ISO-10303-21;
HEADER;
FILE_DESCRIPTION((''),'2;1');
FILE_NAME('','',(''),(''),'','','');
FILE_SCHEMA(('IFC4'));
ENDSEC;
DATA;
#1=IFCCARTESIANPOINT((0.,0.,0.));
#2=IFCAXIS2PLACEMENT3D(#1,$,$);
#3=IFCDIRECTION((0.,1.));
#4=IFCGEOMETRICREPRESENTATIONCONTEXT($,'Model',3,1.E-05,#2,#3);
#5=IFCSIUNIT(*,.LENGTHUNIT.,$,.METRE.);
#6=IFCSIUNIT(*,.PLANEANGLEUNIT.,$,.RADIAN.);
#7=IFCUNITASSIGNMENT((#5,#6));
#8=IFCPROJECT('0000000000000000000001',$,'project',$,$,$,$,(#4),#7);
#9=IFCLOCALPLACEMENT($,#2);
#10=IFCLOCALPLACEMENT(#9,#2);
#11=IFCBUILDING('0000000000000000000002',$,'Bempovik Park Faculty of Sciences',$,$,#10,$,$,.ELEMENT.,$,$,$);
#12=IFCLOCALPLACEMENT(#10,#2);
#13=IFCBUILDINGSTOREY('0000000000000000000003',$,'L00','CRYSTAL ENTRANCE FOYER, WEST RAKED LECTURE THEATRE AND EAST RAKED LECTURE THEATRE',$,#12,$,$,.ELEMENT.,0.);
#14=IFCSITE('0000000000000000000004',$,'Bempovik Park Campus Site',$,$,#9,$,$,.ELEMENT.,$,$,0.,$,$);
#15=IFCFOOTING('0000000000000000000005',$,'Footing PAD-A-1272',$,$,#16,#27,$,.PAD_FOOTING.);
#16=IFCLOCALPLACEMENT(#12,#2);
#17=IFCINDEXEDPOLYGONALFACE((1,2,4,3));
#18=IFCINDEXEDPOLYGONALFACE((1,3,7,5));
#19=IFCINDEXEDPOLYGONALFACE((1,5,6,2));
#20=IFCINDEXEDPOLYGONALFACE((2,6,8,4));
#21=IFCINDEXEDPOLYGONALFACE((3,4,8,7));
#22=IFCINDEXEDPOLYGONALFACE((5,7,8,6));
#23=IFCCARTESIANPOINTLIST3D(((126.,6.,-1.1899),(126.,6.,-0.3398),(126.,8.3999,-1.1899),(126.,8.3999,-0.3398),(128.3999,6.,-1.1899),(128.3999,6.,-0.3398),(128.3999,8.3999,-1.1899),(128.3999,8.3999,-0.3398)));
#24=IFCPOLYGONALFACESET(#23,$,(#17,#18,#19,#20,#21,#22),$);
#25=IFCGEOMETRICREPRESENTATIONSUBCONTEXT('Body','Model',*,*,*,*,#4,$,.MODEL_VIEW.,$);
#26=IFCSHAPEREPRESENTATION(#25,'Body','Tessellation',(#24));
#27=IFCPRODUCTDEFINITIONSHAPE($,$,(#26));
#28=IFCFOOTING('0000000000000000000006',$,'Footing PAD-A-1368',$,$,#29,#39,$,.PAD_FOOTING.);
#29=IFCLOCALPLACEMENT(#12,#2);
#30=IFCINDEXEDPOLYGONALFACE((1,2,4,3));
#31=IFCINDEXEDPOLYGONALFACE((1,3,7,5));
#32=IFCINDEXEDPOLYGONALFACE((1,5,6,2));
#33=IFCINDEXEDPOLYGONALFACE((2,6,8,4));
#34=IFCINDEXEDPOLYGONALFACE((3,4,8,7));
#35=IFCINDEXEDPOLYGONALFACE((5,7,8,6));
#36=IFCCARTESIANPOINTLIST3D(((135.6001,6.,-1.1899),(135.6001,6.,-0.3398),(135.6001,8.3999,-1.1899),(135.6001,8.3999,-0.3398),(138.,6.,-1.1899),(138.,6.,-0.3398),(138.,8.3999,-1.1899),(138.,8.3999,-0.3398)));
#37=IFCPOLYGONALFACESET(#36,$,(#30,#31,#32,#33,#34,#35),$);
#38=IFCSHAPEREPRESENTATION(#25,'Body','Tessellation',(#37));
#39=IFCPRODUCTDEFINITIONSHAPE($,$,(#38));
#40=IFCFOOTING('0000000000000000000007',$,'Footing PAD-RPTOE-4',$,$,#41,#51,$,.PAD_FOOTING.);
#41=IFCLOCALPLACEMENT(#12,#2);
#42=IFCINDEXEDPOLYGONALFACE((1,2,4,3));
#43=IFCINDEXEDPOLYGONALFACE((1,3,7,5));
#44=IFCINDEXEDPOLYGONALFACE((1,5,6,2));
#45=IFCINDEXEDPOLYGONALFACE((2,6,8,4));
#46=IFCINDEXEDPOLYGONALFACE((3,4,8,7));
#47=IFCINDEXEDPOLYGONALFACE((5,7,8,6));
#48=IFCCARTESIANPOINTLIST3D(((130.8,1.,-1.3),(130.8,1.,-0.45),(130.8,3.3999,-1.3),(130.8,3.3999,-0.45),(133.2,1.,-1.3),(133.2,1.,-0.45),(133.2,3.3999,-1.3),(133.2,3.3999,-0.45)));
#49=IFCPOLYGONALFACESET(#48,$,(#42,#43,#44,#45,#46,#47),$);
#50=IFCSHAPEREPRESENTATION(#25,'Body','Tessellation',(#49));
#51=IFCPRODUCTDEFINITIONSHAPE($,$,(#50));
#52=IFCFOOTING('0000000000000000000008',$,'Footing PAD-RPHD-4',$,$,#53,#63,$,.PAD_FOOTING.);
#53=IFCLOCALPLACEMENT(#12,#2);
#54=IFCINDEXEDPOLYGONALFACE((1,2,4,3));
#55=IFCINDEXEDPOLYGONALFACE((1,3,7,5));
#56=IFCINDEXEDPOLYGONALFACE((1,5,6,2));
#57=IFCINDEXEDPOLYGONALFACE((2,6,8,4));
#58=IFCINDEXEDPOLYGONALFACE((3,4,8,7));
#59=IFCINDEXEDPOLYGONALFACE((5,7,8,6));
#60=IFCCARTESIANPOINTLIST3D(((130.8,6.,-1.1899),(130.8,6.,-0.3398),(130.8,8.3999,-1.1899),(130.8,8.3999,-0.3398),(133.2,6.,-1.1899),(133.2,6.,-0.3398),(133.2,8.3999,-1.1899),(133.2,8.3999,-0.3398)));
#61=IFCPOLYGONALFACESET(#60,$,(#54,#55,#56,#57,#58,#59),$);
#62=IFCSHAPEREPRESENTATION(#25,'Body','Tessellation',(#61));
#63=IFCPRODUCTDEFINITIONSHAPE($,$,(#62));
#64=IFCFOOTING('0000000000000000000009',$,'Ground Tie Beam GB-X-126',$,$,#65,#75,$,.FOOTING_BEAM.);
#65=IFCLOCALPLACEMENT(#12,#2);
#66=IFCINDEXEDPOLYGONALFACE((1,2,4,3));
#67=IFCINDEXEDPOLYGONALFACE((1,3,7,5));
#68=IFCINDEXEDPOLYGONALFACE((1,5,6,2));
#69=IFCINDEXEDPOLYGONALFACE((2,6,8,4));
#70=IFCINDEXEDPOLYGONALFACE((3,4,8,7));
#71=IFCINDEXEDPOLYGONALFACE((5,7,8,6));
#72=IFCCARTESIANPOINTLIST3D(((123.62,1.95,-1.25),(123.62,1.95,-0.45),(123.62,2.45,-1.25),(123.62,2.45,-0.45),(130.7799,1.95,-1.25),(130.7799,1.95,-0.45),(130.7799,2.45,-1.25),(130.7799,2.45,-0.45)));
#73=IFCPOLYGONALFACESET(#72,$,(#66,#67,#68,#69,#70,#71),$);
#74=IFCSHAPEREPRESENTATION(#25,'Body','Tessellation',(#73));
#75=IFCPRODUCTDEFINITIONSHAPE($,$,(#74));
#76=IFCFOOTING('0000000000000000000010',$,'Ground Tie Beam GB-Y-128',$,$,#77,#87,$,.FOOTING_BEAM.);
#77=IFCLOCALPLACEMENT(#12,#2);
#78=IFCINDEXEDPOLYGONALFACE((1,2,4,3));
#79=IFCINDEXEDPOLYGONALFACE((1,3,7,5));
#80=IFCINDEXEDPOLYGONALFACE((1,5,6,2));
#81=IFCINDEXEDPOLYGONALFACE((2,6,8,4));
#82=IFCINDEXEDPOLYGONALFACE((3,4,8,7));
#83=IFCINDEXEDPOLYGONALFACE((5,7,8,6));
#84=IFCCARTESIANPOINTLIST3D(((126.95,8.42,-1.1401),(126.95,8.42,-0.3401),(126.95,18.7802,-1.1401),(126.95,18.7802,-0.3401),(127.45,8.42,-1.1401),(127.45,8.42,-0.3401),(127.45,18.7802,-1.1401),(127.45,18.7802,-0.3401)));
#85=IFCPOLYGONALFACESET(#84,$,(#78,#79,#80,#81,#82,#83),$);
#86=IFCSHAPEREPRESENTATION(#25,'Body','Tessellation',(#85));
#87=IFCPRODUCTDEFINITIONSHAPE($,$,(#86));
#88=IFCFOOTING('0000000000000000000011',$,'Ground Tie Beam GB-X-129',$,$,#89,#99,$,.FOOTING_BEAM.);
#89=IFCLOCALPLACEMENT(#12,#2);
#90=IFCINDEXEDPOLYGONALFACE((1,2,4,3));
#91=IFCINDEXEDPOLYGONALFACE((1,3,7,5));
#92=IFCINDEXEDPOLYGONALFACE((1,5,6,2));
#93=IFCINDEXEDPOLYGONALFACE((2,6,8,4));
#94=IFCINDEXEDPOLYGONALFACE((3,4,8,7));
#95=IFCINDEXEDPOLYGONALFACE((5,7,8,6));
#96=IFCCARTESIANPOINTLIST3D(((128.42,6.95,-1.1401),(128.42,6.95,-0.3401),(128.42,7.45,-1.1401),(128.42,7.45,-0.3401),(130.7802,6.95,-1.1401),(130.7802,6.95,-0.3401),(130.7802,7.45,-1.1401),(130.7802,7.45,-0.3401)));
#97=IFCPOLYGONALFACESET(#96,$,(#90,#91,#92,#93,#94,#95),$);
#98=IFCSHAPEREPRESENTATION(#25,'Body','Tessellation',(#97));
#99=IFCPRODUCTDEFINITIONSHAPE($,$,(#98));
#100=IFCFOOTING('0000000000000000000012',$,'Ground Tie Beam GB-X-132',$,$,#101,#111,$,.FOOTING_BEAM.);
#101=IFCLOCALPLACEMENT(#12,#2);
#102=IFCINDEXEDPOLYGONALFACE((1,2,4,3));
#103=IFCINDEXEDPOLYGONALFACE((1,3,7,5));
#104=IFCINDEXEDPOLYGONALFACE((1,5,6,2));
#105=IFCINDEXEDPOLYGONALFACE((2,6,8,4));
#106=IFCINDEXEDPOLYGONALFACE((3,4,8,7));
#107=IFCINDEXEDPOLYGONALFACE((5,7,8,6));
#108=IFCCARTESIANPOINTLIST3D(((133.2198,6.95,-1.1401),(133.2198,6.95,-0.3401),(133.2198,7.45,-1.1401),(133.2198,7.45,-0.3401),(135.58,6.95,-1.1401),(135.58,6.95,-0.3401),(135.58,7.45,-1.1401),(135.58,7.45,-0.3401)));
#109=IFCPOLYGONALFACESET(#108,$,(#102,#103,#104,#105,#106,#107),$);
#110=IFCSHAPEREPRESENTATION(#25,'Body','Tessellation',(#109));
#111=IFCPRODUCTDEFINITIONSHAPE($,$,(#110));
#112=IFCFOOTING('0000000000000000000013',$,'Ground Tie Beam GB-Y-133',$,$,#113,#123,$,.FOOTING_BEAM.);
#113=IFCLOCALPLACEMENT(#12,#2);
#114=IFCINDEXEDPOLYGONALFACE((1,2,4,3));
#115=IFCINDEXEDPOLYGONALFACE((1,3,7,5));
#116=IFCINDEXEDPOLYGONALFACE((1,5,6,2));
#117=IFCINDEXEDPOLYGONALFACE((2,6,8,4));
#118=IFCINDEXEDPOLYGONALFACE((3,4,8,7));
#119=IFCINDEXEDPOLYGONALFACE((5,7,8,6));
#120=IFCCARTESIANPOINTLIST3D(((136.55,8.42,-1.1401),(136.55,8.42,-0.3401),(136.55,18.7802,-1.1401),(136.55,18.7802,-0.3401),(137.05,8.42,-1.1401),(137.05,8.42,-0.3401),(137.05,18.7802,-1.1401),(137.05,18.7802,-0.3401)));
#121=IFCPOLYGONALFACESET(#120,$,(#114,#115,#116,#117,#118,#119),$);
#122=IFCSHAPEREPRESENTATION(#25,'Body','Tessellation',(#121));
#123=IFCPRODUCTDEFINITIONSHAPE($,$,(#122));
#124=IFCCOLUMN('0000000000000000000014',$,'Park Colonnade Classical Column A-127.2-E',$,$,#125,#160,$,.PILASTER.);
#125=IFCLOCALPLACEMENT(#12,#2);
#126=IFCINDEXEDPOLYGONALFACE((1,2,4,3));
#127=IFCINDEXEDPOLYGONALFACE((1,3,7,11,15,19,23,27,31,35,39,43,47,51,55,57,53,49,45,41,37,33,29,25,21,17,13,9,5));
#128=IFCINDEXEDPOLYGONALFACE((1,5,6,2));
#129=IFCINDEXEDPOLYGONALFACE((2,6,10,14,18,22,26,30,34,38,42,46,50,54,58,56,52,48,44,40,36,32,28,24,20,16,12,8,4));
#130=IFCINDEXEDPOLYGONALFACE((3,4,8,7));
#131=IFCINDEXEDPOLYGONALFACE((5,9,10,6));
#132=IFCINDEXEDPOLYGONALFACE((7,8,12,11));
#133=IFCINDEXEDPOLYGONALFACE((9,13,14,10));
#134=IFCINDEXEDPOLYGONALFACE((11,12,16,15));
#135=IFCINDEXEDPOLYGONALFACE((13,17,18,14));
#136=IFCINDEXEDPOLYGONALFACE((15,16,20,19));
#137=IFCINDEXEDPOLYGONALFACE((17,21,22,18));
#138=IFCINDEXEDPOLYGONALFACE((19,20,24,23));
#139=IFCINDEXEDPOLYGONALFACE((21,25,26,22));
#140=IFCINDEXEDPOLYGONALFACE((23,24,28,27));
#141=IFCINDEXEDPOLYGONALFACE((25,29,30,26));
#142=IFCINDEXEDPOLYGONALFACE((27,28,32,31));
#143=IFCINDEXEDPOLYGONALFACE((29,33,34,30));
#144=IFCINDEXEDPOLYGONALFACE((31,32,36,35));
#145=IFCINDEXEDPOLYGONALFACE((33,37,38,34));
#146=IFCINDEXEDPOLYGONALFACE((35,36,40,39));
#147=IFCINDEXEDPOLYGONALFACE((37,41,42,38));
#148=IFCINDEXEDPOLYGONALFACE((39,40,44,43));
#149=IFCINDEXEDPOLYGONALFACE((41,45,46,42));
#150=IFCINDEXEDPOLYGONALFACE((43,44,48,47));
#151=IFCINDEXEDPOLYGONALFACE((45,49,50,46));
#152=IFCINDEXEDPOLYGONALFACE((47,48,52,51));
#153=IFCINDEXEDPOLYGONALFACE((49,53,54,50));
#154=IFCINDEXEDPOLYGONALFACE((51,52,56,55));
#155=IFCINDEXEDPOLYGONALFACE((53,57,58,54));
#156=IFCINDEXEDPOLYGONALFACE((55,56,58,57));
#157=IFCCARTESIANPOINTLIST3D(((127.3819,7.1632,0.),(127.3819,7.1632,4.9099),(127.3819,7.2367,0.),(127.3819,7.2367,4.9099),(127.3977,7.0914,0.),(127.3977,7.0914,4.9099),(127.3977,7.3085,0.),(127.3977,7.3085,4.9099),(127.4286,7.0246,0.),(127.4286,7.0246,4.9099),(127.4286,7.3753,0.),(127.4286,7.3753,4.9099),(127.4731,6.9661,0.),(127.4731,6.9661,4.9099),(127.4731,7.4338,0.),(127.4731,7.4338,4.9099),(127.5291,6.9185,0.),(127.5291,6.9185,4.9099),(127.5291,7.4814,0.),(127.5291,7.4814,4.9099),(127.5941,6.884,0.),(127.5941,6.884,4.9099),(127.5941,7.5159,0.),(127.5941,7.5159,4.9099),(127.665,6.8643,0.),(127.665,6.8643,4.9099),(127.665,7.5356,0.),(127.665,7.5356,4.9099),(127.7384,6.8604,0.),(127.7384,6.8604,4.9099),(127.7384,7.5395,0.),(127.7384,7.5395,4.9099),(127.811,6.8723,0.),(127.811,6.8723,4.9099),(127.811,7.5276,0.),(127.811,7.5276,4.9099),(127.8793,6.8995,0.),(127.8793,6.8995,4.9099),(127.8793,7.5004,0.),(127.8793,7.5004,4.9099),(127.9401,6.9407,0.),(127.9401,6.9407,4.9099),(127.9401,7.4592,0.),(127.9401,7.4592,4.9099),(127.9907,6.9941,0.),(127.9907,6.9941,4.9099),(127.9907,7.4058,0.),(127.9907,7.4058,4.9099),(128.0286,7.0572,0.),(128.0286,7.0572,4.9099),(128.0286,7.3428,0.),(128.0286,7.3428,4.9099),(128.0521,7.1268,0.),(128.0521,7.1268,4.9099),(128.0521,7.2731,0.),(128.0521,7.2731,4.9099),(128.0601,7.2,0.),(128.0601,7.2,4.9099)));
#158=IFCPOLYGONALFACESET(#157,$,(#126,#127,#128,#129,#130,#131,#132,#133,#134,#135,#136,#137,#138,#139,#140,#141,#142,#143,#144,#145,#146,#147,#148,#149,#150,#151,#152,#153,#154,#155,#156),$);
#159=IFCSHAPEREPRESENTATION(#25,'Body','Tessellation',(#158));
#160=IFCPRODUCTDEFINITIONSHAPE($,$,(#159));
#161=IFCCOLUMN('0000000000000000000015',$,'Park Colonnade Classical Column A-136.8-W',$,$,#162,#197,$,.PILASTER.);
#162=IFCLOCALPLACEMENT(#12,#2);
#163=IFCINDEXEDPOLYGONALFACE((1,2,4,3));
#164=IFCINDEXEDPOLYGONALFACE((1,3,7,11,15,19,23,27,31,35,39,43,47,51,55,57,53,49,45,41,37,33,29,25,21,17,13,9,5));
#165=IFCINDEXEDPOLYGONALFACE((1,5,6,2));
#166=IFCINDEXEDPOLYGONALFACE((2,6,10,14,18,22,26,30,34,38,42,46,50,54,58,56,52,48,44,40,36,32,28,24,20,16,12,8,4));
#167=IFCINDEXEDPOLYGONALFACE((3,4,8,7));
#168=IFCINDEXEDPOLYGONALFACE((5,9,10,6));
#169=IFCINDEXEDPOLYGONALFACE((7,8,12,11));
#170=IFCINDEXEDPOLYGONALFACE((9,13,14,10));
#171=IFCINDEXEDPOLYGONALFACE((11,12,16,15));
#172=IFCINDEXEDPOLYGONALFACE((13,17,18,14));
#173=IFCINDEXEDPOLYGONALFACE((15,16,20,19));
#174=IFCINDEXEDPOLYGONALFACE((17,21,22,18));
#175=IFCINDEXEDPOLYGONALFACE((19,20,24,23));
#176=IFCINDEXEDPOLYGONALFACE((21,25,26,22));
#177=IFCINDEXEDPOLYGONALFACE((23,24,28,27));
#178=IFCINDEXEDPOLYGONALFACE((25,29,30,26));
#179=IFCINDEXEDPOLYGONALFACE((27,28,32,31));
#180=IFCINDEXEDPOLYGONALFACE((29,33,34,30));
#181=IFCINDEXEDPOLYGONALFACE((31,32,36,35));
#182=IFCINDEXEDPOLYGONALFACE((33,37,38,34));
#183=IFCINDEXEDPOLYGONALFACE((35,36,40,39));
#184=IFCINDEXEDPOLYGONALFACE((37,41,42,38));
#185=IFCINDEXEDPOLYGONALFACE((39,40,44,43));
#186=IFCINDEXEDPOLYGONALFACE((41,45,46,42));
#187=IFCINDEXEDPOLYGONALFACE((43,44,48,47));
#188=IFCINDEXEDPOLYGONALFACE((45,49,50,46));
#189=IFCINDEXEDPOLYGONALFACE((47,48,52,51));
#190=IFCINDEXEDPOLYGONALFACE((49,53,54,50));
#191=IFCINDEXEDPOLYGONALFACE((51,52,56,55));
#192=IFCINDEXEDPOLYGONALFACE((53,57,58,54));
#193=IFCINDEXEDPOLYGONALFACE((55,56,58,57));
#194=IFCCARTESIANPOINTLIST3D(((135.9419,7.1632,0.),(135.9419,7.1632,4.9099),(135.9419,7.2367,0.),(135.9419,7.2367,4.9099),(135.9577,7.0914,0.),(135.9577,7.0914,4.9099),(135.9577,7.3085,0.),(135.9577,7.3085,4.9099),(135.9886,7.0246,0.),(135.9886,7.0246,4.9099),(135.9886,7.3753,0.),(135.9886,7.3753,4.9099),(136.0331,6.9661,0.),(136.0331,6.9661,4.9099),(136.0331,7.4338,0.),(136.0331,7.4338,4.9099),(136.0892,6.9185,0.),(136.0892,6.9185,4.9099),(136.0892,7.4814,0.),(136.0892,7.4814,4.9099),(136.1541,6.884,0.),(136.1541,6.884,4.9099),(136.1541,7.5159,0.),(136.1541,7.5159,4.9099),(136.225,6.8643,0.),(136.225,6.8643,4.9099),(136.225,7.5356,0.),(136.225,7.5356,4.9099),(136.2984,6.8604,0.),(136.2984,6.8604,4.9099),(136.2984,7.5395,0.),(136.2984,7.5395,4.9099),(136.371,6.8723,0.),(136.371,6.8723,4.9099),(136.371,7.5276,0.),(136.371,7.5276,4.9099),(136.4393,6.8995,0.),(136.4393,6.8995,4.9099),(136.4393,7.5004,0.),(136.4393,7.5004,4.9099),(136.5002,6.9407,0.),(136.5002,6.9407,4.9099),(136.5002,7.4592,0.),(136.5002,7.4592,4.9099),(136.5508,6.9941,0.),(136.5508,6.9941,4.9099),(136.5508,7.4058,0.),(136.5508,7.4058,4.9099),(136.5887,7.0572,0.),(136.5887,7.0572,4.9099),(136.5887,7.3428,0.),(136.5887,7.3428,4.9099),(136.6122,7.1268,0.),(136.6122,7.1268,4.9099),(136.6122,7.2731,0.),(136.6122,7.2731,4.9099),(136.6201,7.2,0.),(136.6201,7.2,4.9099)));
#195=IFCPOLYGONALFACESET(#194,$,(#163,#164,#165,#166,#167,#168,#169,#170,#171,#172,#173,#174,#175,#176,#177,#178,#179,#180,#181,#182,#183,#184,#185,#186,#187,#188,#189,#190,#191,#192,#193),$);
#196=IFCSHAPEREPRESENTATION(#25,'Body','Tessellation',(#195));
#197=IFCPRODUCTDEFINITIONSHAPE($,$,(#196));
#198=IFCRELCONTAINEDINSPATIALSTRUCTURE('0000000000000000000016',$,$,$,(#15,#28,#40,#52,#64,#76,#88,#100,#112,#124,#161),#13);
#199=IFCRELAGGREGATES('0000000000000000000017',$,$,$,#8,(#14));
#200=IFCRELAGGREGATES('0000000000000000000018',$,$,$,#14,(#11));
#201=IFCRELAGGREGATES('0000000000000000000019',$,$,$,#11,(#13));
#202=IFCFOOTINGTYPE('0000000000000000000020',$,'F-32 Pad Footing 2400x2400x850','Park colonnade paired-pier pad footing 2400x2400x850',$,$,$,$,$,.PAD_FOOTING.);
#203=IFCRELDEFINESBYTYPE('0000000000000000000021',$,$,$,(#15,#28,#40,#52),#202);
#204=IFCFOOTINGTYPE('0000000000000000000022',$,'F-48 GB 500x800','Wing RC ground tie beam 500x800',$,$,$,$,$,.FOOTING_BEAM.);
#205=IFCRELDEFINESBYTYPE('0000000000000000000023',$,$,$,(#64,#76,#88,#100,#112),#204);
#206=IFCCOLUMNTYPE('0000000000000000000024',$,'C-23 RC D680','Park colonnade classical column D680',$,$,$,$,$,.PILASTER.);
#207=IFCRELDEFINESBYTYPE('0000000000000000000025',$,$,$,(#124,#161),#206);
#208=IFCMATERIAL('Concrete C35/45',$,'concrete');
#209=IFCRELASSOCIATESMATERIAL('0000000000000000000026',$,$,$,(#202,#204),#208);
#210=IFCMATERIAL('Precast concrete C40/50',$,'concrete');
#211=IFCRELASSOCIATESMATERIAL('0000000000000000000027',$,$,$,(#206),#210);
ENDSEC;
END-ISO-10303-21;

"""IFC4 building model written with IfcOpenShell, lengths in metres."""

from ifc_helpers import new_model, si_unit, direction, frame, origin, origin_2d, place, context, subcontext, project, spatial, rectangle, circle, extrude, material, material_profile, profile_set, type_object, element, save


model = new_model("IFC4")

# Units and contexts
model_context = context("Model", 3, precision=1e-05, world=origin(), true_north=direction((0.0, 1.0)))
body_context = subcontext(model_context, "Body", "Model", "MODEL_VIEW")
ifc_project = project(units=[si_unit("LENGTHUNIT", "METRE"), si_unit("PLANEANGLEUNIT", "RADIAN")], contexts=[model_context])

# Site, building, storey
site_placement = place(None, origin())
site = spatial("IfcSite", under=ifc_project, at=site_placement, Name="Bempovik Park Campus Site", CompositionType="ELEMENT", RefElevation=0.0)
building_placement = place(site_placement, origin())
building = spatial("IfcBuilding", under=site, at=building_placement, Name="Bempovik Park Faculty of Sciences", CompositionType="ELEMENT")
storey_placement = place(building_placement, origin())
storey = spatial("IfcBuildingStorey", under=building, at=storey_placement, Name="L00", Description="CRYSTAL ENTRANCE FOYER, WEST RAKED LECTURE THEATRE AND EAST RAKED LECTURE THEATRE", CompositionType="ELEMENT", Elevation=0.0)

# Footings
ifc_material_1 = material(Name="Concrete C35/45", Category="concrete")
footing_type_1 = type_object("IfcFootingType", Name="F-32 Pad Footing 2400x2400x850", Description="Park colonnade paired-pier pad footing 2400x2400x850", PredefinedType="PAD_FOOTING", material=ifc_material_1)
for number, where, z_axis, x_axis, name in (
    (1, (127.2, 7.2, -1.1899), (0.0, 0.0, 1.0), (1.0, 0.0, 0.0), "Footing PAD-A-1272"),
    (2, (136.8, 7.2, -1.1899), (0.0, 0.0, 1.0), (1.0, 0.0, 0.0), "Footing PAD-A-1368"),
    (3, (132.0, 2.2, -1.3), (0.0, 0.0, 1.0), (1.0, 0.0, 0.0), "Footing PAD-RPTOE-4"),
    (4, (132.0, 7.2, -1.1899), (0.0, 0.0, 1.0), (1.0, 0.0, 0.0), "Footing PAD-RPHD-4"),
):
    element("IfcFooting", number, at=place(storey_placement, frame(where, z_axis=z_axis, x_axis=x_axis)), inside=storey, type_object=footing_type_1, Name=name, PredefinedType="PAD_FOOTING", context=body_context, shape_type="SweptSolid", body=[
        extrude(rectangle(XDim=2.3999, YDim=2.3999, at=origin_2d()), origin(), (0.0, 0.0, 1.0), 0.8501),
    ])
footing_type_2 = type_object("IfcFootingType", Name="F-48 GB 500x800", Description="Wing RC ground tie beam 500x800", PredefinedType="FOOTING_BEAM", material=ifc_material_1)
footing_1_placement = place(storey_placement, frame((127.2, 2.2, -1.25), z_axis=(0.0, 0.0, 1.0), x_axis=(1.0, 0.0, 0.0)))
element("IfcFooting", 5, at=footing_1_placement, inside=storey, type_object=footing_type_2, Name="Ground Tie Beam GB-X-126", PredefinedType="FOOTING_BEAM", context=body_context, shape_type="SweptSolid", body=[
    extrude(rectangle(XDim=7.1599, YDim=0.5, at=origin_2d()), origin(), (0.0, 0.0, 1.0), 0.8),
])
footing_2_placement = place(storey_placement, frame((127.2, 13.6001, -1.1401), z_axis=(0.0, 0.0, 1.0), x_axis=(1.0, 0.0, 0.0)))
element("IfcFooting", 6, at=footing_2_placement, inside=storey, type_object=footing_type_2, Name="Ground Tie Beam GB-Y-128", PredefinedType="FOOTING_BEAM", context=body_context, shape_type="SweptSolid", body=[
    extrude(rectangle(XDim=0.5, YDim=10.3601, at=origin_2d()), origin(), (0.0, 0.0, 1.0), 0.8),
])
for number, where, z_axis, x_axis, name in (
    (7, (129.6001, 7.2, -1.1401), (0.0, 0.0, 1.0), (1.0, 0.0, 0.0), "Ground Tie Beam GB-X-129"),
    (8, (134.3999, 7.2, -1.1401), (0.0, 0.0, 1.0), (1.0, 0.0, 0.0), "Ground Tie Beam GB-X-132"),
):
    element("IfcFooting", number, at=place(storey_placement, frame(where, z_axis=z_axis, x_axis=x_axis)), inside=storey, type_object=footing_type_2, Name=name, PredefinedType="FOOTING_BEAM", context=body_context, shape_type="SweptSolid", body=[
        extrude(rectangle(XDim=2.3601, YDim=0.5, at=origin_2d()), origin(), (0.0, 0.0, 1.0), 0.8),
    ])
footing_3_placement = place(storey_placement, frame((136.8, 13.6001, -1.1401), z_axis=(0.0, 0.0, 1.0), x_axis=(1.0, 0.0, 0.0)))
element("IfcFooting", 9, at=footing_3_placement, inside=storey, type_object=footing_type_2, Name="Ground Tie Beam GB-Y-133", PredefinedType="FOOTING_BEAM", context=body_context, shape_type="SweptSolid", body=[
    extrude(rectangle(XDim=0.5, YDim=10.3601, at=origin_2d()), origin(), (0.0, 0.0, 1.0), 0.8),
])

# Columns
ifc_material_2 = material(Name="Precast concrete C40/50", Category="concrete")
ifc_material_profile_1 = material_profile(ifc_material_2, circle(Radius=0.3401, at=origin_2d()), Name="RC D680")
ifc_profile_set_1 = profile_set([ifc_material_profile_1], Name="Precast concrete C40/50")
column_type = type_object("IfcColumnType", Name="C-23 RC D680", Description="Park colonnade classical column D680", PredefinedType="PILASTER", material=ifc_profile_set_1)
for number, where, z_axis, x_axis, name in (
    (10, (127.72, 7.2, 0.0), (0.0, 0.0, 1.0), (1.0, 0.0, 0.0), "Park Colonnade Classical Column A-127.2-E"),
    (11, (136.28, 7.2, 0.0), (0.0, 0.0, 1.0), (1.0, 0.0, 0.0), "Park Colonnade Classical Column A-136.8-W"),
):
    element("IfcColumn", number, at=place(storey_placement, frame(where, z_axis=z_axis, x_axis=x_axis)), inside=storey, type_object=column_type, Name=name, PredefinedType="PILASTER", context=body_context, shape_type="SweptSolid", body=[
        extrude(circle(Radius=0.3401, at=origin_2d()), origin(), (0.0, 0.0, 1.0), 4.9099),
    ])

save(model, "model.ifc")
